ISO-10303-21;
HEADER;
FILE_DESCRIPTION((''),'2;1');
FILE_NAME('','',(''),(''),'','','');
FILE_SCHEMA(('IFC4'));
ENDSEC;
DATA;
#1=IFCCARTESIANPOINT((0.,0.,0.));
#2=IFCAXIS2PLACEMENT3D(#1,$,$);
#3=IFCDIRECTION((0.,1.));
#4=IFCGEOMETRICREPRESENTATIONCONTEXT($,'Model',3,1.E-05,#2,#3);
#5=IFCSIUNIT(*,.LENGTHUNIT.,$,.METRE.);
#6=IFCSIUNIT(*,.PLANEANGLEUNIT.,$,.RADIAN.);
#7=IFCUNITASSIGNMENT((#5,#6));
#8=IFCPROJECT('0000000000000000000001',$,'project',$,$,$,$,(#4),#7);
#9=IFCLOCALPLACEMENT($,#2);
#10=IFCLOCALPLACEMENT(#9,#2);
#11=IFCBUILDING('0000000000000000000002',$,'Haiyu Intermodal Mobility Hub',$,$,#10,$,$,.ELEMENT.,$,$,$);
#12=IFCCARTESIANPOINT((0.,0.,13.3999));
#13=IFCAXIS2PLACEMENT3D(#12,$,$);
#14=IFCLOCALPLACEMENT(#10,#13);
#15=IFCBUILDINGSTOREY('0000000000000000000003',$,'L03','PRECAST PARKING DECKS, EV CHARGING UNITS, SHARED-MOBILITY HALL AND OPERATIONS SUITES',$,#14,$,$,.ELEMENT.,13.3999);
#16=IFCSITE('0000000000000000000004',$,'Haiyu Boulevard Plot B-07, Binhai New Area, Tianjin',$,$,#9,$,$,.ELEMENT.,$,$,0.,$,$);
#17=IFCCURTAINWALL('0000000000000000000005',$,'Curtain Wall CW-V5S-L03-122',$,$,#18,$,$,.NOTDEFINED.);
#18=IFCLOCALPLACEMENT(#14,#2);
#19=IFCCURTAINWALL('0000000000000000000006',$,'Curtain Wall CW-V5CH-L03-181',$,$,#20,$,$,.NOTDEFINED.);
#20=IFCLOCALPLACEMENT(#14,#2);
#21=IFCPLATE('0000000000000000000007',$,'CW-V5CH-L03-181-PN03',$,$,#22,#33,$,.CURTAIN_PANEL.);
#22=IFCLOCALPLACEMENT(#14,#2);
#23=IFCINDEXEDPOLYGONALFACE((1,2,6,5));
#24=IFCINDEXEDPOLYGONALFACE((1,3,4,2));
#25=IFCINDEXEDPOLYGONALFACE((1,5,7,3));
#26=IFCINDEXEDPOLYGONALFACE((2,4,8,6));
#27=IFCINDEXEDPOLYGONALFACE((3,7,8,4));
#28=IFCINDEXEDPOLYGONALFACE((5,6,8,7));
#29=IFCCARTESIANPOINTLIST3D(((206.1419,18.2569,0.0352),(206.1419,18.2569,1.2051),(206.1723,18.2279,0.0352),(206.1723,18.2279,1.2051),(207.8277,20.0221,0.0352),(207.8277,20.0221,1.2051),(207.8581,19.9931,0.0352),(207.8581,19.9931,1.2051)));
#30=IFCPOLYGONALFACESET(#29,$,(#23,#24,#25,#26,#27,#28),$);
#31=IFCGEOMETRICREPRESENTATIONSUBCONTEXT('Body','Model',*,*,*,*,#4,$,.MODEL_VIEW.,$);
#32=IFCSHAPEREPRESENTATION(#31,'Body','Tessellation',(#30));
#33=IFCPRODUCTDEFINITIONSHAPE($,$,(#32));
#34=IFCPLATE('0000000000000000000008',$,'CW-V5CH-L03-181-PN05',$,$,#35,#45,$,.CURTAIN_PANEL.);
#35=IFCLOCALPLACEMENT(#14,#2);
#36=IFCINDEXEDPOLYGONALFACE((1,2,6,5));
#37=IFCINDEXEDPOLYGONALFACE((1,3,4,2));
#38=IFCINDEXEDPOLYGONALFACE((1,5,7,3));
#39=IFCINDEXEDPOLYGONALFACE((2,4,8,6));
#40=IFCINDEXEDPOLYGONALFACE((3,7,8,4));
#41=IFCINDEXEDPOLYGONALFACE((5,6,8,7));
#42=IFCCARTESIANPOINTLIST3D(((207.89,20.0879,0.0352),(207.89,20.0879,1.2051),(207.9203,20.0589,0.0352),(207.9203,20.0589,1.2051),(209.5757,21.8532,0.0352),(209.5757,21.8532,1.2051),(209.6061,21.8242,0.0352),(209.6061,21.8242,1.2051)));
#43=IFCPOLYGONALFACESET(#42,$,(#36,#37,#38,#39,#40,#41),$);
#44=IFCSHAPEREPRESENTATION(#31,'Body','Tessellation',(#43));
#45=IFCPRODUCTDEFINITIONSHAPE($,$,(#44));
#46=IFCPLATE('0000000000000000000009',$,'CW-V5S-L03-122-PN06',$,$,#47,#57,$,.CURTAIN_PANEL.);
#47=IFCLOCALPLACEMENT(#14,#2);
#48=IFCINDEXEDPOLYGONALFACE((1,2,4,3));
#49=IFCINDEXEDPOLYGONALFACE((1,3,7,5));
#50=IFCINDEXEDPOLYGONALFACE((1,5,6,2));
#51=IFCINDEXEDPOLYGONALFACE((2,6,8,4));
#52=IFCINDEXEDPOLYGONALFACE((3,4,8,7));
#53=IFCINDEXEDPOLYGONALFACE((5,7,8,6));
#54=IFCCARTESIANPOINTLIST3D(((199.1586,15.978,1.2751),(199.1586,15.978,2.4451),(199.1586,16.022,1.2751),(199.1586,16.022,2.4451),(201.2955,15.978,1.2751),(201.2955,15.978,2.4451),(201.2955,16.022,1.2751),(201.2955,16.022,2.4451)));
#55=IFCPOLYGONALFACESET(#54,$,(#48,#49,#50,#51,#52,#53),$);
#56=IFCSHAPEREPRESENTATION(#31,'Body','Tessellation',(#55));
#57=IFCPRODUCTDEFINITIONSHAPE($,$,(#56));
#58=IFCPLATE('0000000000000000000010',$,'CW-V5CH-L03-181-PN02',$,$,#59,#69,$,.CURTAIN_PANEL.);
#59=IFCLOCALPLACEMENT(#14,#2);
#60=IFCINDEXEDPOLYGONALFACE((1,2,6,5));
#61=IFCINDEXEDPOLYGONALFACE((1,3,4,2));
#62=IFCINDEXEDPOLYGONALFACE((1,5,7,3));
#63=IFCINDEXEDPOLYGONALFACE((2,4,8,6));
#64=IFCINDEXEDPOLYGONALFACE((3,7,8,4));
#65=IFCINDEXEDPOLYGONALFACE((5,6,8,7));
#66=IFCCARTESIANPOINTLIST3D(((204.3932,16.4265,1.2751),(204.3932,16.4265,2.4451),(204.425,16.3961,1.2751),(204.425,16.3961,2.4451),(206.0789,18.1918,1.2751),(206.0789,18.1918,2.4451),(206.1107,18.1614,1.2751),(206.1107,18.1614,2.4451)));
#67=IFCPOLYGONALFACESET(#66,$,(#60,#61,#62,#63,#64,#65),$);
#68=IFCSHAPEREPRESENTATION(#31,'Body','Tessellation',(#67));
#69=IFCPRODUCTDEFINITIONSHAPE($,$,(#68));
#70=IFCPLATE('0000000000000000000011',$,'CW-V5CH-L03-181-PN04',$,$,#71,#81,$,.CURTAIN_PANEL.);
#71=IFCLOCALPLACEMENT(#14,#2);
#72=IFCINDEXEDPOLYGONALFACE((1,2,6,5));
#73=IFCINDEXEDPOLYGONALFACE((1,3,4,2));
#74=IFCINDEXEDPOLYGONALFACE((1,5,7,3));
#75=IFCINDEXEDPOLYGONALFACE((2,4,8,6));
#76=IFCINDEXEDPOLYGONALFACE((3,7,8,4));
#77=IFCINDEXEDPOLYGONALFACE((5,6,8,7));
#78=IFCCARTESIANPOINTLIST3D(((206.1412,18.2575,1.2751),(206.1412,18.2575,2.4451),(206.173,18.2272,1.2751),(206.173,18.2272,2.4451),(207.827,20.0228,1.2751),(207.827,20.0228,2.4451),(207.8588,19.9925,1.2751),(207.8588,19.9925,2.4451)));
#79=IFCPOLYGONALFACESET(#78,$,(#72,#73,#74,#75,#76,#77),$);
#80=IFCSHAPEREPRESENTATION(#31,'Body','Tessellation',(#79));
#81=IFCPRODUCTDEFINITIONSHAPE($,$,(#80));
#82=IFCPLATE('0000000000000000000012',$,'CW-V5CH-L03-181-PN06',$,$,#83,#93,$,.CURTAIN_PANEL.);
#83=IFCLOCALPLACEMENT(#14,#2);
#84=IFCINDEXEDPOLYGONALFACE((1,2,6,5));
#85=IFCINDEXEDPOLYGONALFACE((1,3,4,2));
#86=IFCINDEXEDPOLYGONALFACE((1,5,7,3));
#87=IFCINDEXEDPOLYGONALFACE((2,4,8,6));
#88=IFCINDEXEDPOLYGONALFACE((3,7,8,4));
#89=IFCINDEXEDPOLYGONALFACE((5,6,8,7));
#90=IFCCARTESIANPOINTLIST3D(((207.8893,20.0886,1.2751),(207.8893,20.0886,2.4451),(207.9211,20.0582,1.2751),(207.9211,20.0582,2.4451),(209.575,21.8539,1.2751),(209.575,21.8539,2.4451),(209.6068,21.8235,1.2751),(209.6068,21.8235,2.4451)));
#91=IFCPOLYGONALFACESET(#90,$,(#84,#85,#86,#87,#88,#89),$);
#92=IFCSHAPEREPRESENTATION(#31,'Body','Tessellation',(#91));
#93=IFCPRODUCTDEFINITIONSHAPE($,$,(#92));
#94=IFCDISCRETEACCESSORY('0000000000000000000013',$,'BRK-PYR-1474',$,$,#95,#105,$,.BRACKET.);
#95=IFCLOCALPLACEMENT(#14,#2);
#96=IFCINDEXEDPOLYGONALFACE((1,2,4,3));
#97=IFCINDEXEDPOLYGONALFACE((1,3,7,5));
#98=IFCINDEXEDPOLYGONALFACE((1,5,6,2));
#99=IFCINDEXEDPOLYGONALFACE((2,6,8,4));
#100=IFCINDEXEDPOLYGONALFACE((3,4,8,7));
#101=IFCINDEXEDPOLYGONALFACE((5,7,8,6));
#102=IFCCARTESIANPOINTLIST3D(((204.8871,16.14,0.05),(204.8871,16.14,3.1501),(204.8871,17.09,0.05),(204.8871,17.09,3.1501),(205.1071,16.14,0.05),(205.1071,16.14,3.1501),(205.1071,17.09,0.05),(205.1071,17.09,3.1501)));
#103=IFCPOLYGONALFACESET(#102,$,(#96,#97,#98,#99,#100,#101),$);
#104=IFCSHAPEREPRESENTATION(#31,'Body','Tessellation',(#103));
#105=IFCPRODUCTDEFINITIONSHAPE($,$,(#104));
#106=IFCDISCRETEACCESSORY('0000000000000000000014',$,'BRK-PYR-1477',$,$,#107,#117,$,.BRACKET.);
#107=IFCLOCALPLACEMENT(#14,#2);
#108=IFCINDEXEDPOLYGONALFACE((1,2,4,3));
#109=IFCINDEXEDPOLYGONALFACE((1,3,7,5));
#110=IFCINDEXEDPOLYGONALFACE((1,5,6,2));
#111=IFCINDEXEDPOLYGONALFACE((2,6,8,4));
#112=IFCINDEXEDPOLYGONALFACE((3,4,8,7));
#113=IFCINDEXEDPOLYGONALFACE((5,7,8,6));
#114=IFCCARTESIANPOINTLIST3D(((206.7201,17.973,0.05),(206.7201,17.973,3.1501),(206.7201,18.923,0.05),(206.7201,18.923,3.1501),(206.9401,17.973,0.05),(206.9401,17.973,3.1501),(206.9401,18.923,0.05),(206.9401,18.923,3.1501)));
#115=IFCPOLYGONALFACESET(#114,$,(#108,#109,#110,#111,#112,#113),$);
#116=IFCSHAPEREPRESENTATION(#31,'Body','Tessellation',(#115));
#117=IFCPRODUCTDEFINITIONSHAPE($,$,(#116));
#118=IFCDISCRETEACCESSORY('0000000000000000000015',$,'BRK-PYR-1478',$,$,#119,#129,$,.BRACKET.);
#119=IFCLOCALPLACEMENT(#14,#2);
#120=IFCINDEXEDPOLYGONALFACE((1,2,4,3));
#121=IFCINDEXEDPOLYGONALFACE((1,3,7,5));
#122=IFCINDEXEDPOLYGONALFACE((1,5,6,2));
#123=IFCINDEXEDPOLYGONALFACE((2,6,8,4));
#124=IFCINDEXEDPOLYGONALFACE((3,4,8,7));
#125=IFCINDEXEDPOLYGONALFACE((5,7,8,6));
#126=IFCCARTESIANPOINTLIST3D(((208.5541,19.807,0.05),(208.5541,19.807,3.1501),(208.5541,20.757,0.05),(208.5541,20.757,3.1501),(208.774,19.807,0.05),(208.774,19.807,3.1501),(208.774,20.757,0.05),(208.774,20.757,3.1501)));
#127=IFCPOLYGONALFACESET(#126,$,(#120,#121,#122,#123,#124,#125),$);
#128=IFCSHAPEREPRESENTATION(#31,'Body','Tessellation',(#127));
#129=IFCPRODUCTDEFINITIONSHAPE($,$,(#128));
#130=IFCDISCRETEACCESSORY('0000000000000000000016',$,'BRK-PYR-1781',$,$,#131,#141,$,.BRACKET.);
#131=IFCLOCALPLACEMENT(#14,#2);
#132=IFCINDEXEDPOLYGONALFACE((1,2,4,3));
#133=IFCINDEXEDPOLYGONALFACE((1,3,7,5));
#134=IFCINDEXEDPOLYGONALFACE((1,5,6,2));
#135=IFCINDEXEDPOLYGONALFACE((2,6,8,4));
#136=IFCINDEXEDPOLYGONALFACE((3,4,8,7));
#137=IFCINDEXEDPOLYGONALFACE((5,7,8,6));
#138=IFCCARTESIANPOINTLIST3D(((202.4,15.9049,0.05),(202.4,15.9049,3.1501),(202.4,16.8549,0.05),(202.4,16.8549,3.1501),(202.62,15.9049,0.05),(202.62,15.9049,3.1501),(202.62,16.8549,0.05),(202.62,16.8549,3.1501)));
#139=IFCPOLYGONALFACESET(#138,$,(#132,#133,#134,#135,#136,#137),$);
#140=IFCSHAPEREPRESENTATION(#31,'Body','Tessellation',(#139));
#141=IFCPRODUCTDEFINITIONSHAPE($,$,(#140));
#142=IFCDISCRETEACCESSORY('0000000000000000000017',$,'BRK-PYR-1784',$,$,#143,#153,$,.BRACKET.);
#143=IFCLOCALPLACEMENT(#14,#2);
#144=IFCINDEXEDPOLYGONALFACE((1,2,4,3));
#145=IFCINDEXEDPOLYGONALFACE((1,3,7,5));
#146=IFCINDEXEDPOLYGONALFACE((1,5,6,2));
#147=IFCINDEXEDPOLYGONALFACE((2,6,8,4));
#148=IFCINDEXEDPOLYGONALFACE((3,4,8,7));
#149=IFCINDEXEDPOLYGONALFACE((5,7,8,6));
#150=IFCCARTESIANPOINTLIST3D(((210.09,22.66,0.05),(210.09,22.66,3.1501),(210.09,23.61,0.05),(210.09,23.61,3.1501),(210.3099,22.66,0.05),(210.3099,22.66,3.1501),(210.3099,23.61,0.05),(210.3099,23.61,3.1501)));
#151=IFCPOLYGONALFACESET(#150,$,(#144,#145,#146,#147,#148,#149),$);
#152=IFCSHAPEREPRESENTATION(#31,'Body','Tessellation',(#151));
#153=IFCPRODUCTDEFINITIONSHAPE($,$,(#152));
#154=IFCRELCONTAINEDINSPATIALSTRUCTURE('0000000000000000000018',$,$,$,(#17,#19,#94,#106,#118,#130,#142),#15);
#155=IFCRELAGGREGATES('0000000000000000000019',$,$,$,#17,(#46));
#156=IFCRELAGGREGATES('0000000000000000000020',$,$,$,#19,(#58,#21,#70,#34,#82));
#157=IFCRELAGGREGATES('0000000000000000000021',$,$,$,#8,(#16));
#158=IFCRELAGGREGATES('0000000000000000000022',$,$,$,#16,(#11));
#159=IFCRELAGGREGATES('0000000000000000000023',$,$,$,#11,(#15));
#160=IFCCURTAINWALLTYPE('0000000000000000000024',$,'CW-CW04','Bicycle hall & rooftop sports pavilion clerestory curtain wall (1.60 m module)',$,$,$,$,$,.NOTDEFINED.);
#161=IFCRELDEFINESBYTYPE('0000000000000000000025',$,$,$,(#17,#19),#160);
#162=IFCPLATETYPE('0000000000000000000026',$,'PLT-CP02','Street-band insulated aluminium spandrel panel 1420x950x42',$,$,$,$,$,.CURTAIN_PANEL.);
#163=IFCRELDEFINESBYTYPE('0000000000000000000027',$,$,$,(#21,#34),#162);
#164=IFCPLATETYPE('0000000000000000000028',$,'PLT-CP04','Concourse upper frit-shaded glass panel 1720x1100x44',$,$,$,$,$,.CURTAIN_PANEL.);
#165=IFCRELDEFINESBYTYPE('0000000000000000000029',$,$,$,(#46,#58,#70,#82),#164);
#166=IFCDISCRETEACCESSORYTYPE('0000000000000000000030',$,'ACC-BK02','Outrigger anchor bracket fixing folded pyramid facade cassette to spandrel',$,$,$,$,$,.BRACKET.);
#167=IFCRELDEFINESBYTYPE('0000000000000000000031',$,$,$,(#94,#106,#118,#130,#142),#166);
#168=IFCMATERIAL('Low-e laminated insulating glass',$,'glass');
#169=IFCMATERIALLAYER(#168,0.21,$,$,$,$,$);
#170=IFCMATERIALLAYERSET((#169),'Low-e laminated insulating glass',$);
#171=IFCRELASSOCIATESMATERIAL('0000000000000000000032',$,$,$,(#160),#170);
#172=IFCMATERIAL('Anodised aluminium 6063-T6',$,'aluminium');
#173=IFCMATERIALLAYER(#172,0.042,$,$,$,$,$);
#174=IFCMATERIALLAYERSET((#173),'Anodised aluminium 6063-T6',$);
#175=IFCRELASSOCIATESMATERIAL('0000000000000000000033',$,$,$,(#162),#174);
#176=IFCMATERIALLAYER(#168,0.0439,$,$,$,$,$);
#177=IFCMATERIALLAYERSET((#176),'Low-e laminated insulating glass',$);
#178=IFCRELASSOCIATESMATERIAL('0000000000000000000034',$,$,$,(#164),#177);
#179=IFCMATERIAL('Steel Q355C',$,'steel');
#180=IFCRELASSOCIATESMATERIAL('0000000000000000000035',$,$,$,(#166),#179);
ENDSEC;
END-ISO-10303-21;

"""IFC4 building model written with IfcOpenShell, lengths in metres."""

from ifc_helpers import new_model, si_unit, direction, frame, origin, origin_2d, place, context, subcontext, project, spatial, rectangle, extrude, material, layer, layer_set, type_object, element, aggregate, save


model = new_model("IFC4")

# Units and contexts
model_context = context("Model", 3, precision=1e-05, world=origin(), true_north=direction((0.0, 1.0)))
body_context = subcontext(model_context, "Body", "Model", "MODEL_VIEW")
ifc_project = project(units=[si_unit("LENGTHUNIT", "METRE"), si_unit("PLANEANGLEUNIT", "RADIAN")], contexts=[model_context])

# Site, building, storey
site_placement = place(None, origin())
site = spatial("IfcSite", under=ifc_project, at=site_placement, Name="Haiyu Boulevard Plot B-07, Binhai New Area, Tianjin", CompositionType="ELEMENT", RefElevation=0.0)
building_placement = place(site_placement, origin())
building = spatial("IfcBuilding", under=site, at=building_placement, Name="Haiyu Intermodal Mobility Hub", CompositionType="ELEMENT")
storey_placement = place(building_placement, frame((0.0, 0.0, 13.3999)))
storey = spatial("IfcBuildingStorey", under=building, at=storey_placement, Name="L03", Description="PRECAST PARKING DECKS, EV CHARGING UNITS, SHARED-MOBILITY HALL AND OPERATIONS SUITES", CompositionType="ELEMENT", Elevation=13.3999)

# Curtain wall
ifc_material_1 = material(Name="Low-e laminated insulating glass", Category="glass")
ifc_layer_1 = layer(ifc_material_1, 0.21)
ifc_layer_set_1 = layer_set([ifc_layer_1], Name="Low-e laminated insulating glass")
curtain_wall_type = type_object("IfcCurtainWallType", Name="CW-CW04", Description="Bicycle hall & rooftop sports pavilion clerestory curtain wall (1.60 m module)", PredefinedType="NOTDEFINED", material=ifc_layer_set_1)
curtain_wall_1_placement = place(storey_placement, origin())
curtain_wall_1 = element("IfcCurtainWall", 1, at=curtain_wall_1_placement, inside=storey, type_object=curtain_wall_type, Name="Curtain Wall CW-V5S-L03-122", PredefinedType="NOTDEFINED")
ifc_material_2 = material(Name="Anodised aluminium 6063-T6", Category="aluminium")

# Curtain wall
curtain_wall_2_placement = place(storey_placement, origin())
curtain_wall_2 = element("IfcCurtainWall", 2, at=curtain_wall_2_placement, inside=storey, type_object=curtain_wall_type, Name="Curtain Wall CW-V5CH-L03-181", PredefinedType="NOTDEFINED")

# Plates
ifc_layer_2 = layer(ifc_material_2, 0.042)
ifc_layer_set_2 = layer_set([ifc_layer_2], Name="Anodised aluminium 6063-T6")
plate_type_1 = type_object("IfcPlateType", Name="PLT-CP02", Description="Street-band insulated aluminium spandrel panel 1420x950x42", PredefinedType="CURTAIN_PANEL", material=ifc_layer_set_2)
plate_1_placement = place(storey_placement, frame((207.0, 19.125, 0.0352), z_axis=(0.0, 0.0, 1.0), x_axis=(0.690631, 0.723208, 0.0)))
plate_1 = element("IfcPlate", 3, at=plate_1_placement, type_object=plate_type_1, Name="CW-V5CH-L03-181-PN03", PredefinedType="CURTAIN_PANEL", context=body_context, shape_type="SweptSolid", body=[
    extrude(rectangle(XDim=2.4409, YDim=0.042, at=origin_2d()), origin(), (0.0, 0.0, 1.0), 1.1699),
])
plate_2_placement = place(storey_placement, frame((208.748, 20.9561, 0.0352), z_axis=(0.0, 0.0, 1.0), x_axis=(0.690631, 0.723208, 0.0)))
plate_2 = element("IfcPlate", 4, at=plate_2_placement, type_object=plate_type_1, Name="CW-V5CH-L03-181-PN05", PredefinedType="CURTAIN_PANEL", context=body_context, shape_type="SweptSolid", body=[
    extrude(rectangle(XDim=2.4409, YDim=0.042, at=origin_2d()), origin(), (0.0, 0.0, 1.0), 1.1699),
])
ifc_layer_3 = layer(ifc_material_1, 0.0439)
ifc_layer_set_3 = layer_set([ifc_layer_3], Name="Low-e laminated insulating glass")
plate_type_2 = type_object("IfcPlateType", Name="PLT-CP04", Description="Concourse upper frit-shaded glass panel 1720x1100x44", PredefinedType="CURTAIN_PANEL", material=ifc_layer_set_3)
plate_3_placement = place(storey_placement, frame((200.2271, 16.0, 1.2751), z_axis=(0.0, 0.0, 1.0), x_axis=(1.0, 0.0, 0.0)))
plate_3 = element("IfcPlate", 5, at=plate_3_placement, type_object=plate_type_2, Name="CW-V5S-L03-122-PN06", PredefinedType="CURTAIN_PANEL", context=body_context, shape_type="SweptSolid", body=[
    extrude(rectangle(XDim=2.137, YDim=0.0439, at=origin_2d()), origin(), (0.0, 0.0, 1.0), 1.1699),
])
aggregate(curtain_wall_1, [plate_3])
plate_4_placement = place(storey_placement, frame((205.252, 17.2939, 1.2751), z_axis=(0.0, 0.0, 1.0), x_axis=(0.690631, 0.723208, 0.0)))
plate_4 = element("IfcPlate", 6, at=plate_4_placement, type_object=plate_type_2, Name="CW-V5CH-L03-181-PN02", PredefinedType="CURTAIN_PANEL", context=body_context, shape_type="SweptSolid", body=[
    extrude(rectangle(XDim=2.4409, YDim=0.0439, at=origin_2d()), origin(), (0.0, 0.0, 1.0), 1.1699),
])
plate_5_placement = place(storey_placement, frame((207.0, 19.125, 1.2751), z_axis=(0.0, 0.0, 1.0), x_axis=(0.690631, 0.723208, 0.0)))
plate_5 = element("IfcPlate", 7, at=plate_5_placement, type_object=plate_type_2, Name="CW-V5CH-L03-181-PN04", PredefinedType="CURTAIN_PANEL", context=body_context, shape_type="SweptSolid", body=[
    extrude(rectangle(XDim=2.4409, YDim=0.0439, at=origin_2d()), origin(), (0.0, 0.0, 1.0), 1.1699),
])
plate_6_placement = place(storey_placement, frame((208.748, 20.9561, 1.2751), z_axis=(0.0, 0.0, 1.0), x_axis=(0.690631, 0.723208, 0.0)))
plate_6 = element("IfcPlate", 8, at=plate_6_placement, type_object=plate_type_2, Name="CW-V5CH-L03-181-PN06", PredefinedType="CURTAIN_PANEL", context=body_context, shape_type="SweptSolid", body=[
    extrude(rectangle(XDim=2.4409, YDim=0.0439, at=origin_2d()), origin(), (0.0, 0.0, 1.0), 1.1699),
])
aggregate(curtain_wall_2, [plate_4, plate_1, plate_5, plate_2, plate_6])

# Discrete accessories
ifc_material_3 = material(Name="Steel Q355C", Category="steel")
discrete_accessory_type = type_object("IfcDiscreteAccessoryType", Name="ACC-BK02", Description="Outrigger anchor bracket fixing folded pyramid facade cassette to spandrel", PredefinedType="BRACKET", material=ifc_material_3)
for number, where, z_axis, x_axis, name in (
    (9, (204.9971, 16.615, 0.05), (0.0, 0.0, 1.0), (1.0, 0.0, 0.0), "BRK-PYR-1474"),
    (10, (206.8301, 18.448, 0.05), (0.0, 0.0, 1.0), (1.0, 0.0, 0.0), "BRK-PYR-1477"),
    (11, (208.6641, 20.282, 0.05), (0.0, 0.0, 1.0), (1.0, 0.0, 0.0), "BRK-PYR-1478"),
    (12, (202.51, 16.3799, 0.05), (0.0, 0.0, 1.0), (1.0, 0.0, 0.0), "BRK-PYR-1781"),
    (13, (210.2, 23.135, 0.05), (0.0, 0.0, 1.0), (1.0, 0.0, 0.0), "BRK-PYR-1784"),
):
    element("IfcDiscreteAccessory", number, at=place(storey_placement, frame(where, z_axis=z_axis, x_axis=x_axis)), inside=storey, type_object=discrete_accessory_type, Name=name, PredefinedType="BRACKET", context=body_context, shape_type="SweptSolid", body=[
        extrude(rectangle(XDim=0.22, YDim=0.95, at=origin_2d()), origin(), (0.0, 0.0, 1.0), 3.1001),
    ])

save(model, "model.ifc")
